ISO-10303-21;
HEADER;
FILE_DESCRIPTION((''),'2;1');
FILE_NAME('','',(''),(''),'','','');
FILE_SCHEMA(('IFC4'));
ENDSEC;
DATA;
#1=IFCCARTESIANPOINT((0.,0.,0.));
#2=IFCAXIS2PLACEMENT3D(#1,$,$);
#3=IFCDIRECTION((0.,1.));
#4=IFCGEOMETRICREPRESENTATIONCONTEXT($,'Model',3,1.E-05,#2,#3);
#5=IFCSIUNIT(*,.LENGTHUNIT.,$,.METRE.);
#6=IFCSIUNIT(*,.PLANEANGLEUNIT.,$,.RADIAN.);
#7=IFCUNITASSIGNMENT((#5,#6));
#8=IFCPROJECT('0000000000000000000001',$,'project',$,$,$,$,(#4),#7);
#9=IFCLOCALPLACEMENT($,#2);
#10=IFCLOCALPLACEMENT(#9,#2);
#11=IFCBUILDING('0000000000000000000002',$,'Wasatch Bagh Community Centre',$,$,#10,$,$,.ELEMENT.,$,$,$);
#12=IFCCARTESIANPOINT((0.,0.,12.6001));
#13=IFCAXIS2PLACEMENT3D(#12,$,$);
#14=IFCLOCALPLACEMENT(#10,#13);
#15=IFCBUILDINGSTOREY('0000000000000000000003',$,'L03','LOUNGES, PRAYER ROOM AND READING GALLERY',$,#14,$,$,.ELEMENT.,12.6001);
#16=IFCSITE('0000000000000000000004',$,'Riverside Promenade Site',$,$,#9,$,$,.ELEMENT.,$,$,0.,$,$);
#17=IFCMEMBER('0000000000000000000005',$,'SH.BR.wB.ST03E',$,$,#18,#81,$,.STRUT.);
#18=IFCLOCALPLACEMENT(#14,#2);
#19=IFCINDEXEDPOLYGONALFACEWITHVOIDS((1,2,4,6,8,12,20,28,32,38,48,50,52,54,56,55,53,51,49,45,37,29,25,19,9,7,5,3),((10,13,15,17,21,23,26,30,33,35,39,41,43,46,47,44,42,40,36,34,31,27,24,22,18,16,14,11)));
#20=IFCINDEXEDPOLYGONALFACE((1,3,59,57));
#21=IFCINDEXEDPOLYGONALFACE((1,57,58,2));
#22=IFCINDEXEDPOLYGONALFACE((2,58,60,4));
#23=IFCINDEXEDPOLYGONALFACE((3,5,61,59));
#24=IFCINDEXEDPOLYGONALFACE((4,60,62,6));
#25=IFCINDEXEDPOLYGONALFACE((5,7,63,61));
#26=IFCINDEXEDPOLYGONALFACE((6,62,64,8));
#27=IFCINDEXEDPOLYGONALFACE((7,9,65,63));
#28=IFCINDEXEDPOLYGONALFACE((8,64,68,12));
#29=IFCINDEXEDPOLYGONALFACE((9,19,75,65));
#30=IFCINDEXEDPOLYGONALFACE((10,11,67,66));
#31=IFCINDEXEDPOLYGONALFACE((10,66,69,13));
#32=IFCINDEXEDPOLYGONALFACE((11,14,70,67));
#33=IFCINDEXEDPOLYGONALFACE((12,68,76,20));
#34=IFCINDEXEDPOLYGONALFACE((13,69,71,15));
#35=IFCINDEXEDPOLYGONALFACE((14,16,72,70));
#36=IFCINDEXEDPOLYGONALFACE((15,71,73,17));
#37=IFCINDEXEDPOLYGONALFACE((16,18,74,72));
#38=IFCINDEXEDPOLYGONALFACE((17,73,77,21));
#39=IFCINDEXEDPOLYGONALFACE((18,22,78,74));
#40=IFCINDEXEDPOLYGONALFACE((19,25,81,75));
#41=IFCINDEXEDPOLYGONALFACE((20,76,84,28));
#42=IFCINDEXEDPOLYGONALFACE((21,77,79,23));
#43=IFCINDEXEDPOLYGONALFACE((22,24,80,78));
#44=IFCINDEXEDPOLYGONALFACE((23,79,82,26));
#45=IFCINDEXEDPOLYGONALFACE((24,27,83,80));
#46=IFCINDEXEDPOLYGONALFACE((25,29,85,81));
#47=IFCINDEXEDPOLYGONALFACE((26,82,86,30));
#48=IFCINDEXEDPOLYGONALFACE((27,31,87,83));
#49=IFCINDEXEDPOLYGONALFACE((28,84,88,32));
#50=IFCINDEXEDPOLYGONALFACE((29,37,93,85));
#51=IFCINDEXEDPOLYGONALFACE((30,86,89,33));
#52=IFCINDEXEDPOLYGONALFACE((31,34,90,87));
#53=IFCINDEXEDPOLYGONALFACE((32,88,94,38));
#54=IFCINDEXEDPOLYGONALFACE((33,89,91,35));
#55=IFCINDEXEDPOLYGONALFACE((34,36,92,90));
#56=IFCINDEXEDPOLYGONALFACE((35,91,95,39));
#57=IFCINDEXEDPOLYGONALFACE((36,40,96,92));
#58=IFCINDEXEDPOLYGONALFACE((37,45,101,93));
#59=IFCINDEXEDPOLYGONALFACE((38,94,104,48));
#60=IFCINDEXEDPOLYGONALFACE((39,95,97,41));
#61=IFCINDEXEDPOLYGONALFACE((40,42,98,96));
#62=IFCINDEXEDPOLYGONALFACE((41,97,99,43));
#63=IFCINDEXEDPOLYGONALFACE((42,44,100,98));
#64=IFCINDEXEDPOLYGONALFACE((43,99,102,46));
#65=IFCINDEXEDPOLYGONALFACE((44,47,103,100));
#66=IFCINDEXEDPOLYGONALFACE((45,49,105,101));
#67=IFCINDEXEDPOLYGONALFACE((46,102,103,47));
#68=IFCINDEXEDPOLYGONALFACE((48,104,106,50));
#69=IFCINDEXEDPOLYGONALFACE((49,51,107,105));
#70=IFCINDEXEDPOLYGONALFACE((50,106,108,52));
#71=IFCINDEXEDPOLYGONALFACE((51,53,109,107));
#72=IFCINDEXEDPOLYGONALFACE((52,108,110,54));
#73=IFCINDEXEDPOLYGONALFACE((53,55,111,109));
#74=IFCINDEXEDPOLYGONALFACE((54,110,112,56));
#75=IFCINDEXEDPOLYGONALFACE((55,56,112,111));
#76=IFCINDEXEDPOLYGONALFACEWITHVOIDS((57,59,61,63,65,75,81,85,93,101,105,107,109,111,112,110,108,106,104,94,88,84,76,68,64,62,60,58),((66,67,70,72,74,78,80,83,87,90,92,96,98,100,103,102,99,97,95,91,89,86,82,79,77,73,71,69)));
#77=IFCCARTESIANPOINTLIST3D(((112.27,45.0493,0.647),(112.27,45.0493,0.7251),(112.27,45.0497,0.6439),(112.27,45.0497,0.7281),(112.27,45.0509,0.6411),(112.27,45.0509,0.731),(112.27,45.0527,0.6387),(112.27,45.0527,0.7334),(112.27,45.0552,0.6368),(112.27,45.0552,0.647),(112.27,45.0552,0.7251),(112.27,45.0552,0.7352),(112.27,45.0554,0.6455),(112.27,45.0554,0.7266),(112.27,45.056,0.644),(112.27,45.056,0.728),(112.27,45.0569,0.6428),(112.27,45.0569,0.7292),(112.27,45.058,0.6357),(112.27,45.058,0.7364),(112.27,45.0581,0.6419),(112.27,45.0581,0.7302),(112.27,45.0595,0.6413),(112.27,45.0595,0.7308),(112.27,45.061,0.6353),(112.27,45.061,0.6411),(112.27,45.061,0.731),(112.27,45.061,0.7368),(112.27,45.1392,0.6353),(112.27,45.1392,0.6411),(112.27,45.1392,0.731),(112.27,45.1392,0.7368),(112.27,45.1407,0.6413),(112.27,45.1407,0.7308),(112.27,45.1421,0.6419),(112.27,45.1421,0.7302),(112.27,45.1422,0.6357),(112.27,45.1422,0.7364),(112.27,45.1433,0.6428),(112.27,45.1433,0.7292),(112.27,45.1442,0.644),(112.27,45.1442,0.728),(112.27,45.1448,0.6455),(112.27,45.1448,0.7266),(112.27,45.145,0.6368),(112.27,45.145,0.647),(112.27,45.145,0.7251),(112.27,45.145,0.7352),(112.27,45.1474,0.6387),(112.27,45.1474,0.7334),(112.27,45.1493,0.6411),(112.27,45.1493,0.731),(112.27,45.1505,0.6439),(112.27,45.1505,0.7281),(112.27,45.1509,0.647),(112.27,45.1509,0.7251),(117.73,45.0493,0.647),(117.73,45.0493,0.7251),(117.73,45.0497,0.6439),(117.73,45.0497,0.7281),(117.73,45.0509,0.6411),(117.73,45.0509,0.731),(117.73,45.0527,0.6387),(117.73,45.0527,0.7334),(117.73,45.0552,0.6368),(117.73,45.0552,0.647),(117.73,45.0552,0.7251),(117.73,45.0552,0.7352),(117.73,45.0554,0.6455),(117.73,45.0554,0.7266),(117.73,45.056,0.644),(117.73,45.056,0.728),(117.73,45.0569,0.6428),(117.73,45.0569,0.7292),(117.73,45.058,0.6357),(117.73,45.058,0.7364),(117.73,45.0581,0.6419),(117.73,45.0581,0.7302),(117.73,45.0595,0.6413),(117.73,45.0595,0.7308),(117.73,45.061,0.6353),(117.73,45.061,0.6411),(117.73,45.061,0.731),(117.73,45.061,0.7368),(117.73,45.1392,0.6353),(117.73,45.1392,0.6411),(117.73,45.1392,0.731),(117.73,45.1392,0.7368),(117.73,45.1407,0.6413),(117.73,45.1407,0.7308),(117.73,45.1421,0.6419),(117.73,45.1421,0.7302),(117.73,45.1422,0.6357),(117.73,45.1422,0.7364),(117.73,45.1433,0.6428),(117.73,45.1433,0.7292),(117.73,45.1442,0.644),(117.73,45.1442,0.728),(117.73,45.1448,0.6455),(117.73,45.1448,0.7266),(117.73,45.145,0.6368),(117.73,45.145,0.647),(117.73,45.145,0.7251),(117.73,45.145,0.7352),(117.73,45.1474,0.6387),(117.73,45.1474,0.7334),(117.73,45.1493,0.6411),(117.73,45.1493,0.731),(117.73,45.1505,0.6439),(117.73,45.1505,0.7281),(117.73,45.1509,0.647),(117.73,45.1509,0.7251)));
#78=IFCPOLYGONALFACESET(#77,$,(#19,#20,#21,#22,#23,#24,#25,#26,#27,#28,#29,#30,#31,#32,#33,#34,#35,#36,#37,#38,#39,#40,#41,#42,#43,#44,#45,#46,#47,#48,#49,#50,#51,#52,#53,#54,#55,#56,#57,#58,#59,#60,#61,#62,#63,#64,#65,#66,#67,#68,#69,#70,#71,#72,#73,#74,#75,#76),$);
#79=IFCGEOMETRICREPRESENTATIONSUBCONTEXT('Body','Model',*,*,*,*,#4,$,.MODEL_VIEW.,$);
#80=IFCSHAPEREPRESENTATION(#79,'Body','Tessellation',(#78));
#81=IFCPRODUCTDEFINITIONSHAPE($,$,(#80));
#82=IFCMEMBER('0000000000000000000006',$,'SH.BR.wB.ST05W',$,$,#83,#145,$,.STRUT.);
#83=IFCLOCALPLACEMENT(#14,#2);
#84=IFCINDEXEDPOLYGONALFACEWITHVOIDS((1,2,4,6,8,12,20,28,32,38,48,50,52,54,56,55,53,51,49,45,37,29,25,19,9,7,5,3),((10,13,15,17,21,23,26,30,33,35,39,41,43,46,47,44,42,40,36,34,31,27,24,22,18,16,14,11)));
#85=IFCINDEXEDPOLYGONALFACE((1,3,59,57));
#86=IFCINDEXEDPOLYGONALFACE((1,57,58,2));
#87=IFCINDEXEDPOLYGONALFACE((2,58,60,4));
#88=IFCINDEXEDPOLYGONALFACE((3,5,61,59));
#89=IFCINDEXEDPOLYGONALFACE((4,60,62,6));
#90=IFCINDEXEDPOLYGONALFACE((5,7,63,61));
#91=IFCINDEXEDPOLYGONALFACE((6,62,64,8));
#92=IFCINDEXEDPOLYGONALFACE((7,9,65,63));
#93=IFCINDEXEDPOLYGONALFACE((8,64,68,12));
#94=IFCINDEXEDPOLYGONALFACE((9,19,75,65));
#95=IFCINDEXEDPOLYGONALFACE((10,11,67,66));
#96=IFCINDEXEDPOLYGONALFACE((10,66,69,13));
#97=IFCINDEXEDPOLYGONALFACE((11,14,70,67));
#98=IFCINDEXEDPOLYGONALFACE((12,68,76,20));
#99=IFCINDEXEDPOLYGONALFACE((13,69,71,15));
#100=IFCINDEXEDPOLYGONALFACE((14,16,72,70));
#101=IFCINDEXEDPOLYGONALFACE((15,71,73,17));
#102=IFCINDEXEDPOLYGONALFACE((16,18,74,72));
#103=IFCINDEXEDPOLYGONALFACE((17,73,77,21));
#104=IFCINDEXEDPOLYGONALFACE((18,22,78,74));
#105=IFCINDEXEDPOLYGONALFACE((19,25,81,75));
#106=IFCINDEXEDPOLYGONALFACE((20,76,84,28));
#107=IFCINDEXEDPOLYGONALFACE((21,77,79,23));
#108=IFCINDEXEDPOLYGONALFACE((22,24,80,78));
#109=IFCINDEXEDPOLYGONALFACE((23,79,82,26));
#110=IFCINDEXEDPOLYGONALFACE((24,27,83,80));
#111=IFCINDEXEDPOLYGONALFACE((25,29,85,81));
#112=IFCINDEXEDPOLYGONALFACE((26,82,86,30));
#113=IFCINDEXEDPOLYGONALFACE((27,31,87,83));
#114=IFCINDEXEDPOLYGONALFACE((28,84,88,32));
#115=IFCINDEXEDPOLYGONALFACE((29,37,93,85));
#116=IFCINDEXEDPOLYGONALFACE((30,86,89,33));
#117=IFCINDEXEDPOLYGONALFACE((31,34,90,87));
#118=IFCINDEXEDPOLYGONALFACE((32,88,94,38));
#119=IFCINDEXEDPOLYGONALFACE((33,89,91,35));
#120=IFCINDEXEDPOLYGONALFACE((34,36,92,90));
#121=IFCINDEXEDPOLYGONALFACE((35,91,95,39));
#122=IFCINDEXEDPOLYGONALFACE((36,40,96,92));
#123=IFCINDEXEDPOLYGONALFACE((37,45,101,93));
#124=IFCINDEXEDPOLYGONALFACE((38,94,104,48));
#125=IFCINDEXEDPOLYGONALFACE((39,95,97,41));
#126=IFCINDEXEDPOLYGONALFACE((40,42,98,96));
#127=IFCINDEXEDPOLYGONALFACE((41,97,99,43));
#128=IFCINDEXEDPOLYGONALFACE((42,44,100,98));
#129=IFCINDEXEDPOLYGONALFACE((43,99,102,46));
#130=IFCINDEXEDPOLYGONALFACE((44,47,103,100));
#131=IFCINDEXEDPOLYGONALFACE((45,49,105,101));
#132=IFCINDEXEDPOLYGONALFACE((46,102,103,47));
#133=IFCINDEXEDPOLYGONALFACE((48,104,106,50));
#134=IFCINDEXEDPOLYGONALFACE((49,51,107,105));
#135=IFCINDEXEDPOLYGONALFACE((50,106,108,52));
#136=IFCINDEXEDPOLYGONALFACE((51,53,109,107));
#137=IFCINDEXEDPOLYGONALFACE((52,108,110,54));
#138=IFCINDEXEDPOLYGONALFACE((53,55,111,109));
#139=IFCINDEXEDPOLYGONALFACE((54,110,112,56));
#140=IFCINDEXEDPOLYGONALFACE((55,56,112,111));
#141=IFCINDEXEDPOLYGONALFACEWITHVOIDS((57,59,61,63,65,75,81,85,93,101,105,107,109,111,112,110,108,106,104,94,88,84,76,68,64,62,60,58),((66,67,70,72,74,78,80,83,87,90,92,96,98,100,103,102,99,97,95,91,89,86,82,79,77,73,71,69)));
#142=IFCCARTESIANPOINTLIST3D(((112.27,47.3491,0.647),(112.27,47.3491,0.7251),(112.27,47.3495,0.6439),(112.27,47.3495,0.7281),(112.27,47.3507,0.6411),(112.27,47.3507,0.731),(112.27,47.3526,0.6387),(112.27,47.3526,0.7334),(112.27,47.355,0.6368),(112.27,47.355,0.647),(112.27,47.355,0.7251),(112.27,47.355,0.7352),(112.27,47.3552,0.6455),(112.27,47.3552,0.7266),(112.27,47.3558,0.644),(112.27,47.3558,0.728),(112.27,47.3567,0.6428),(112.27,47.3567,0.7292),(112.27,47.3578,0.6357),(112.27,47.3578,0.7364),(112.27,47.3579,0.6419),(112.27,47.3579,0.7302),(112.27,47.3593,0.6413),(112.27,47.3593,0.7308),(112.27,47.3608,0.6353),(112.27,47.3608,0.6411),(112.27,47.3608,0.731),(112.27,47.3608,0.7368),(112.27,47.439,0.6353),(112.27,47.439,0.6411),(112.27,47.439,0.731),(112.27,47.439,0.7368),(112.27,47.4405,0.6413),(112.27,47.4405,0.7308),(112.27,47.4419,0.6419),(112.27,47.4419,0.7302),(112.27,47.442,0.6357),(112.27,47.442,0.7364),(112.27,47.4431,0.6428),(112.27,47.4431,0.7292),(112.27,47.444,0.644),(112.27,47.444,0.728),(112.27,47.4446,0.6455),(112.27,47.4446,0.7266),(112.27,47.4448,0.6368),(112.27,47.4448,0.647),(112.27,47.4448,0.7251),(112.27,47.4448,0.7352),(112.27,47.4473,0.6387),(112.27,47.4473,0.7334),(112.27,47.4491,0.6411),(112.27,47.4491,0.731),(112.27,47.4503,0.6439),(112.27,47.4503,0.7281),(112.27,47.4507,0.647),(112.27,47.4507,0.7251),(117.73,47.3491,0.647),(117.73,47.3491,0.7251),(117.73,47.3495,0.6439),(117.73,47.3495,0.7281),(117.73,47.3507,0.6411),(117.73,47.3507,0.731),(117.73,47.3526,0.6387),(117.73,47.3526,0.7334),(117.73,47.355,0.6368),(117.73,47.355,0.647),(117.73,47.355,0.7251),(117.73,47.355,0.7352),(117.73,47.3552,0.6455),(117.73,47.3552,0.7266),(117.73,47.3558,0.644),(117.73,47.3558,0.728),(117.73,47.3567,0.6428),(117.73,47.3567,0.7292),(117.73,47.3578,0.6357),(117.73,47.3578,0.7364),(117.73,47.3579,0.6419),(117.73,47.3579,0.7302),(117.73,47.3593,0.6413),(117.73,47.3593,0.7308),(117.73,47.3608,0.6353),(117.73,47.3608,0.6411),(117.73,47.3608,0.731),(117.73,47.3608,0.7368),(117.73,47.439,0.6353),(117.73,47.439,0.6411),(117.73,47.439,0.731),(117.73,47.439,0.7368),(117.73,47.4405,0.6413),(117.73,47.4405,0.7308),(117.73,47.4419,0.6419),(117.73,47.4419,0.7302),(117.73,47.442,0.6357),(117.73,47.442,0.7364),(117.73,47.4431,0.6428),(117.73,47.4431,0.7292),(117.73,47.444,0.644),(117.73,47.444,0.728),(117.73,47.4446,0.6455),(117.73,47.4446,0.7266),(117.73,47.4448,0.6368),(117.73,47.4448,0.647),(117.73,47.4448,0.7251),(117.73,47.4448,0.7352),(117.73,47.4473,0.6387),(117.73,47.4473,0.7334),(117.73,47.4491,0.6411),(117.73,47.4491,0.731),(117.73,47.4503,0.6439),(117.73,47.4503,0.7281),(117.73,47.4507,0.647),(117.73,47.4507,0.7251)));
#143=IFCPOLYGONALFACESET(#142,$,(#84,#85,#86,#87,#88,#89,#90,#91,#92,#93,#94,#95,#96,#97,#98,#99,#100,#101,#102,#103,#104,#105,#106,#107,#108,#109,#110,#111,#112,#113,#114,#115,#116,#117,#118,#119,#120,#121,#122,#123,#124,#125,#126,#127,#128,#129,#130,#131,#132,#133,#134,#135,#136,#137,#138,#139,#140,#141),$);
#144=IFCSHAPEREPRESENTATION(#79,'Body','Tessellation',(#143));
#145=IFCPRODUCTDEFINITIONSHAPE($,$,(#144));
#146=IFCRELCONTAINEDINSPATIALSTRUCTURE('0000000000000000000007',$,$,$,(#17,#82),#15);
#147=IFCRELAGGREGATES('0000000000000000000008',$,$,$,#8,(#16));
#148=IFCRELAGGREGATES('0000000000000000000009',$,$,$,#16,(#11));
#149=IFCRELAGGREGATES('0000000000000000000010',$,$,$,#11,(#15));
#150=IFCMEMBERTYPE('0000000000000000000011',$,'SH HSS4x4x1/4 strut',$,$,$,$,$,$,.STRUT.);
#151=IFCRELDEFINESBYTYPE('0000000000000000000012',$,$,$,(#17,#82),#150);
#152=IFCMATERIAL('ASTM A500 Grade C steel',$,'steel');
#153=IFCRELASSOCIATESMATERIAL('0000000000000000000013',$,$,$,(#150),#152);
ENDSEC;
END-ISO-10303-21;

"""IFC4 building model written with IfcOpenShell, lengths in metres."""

from ifc_helpers import new_model, si_unit, direction, frame, origin, origin_2d, place, context, subcontext, project, spatial, hollow_rectangle, extrude, material, material_profile, profile_set, type_object, element, save


model = new_model("IFC4")

# Units and contexts
model_context = context("Model", 3, precision=1e-05, world=origin(), true_north=direction((0.0, 1.0)))
body_context = subcontext(model_context, "Body", "Model", "MODEL_VIEW")
ifc_project = project(units=[si_unit("LENGTHUNIT", "METRE"), si_unit("PLANEANGLEUNIT", "RADIAN")], contexts=[model_context])

# Site, building, storey
site_placement = place(None, origin())
site = spatial("IfcSite", under=ifc_project, at=site_placement, Name="Riverside Promenade Site", CompositionType="ELEMENT", RefElevation=0.0)
building_placement = place(site_placement, origin())
building = spatial("IfcBuilding", under=site, at=building_placement, Name="Wasatch Bagh Community Centre", CompositionType="ELEMENT")
storey_placement = place(building_placement, frame((0.0, 0.0, 12.6001)))
storey = spatial("IfcBuildingStorey", under=building, at=storey_placement, Name="L03", Description="LOUNGES, PRAYER ROOM AND READING GALLERY", CompositionType="ELEMENT", Elevation=12.6001)

# Members
ifc_material_1 = material(Name="ASTM A500 Grade C steel", Category="steel")
ifc_material_profile_1 = material_profile(ifc_material_1, hollow_rectangle(XDim=0.1016, YDim=0.1016, WallThickness=0.0059, InnerFilletRadius=0.0059, OuterFilletRadius=0.0117, at=origin_2d()), Name="HSS4x4x1/4")
ifc_profile_set_1 = profile_set([ifc_material_profile_1], Name="ASTM A500 Grade C steel")
member_type_1 = type_object("IfcMemberType", Name="SH HSS4x4x1/4 strut", PredefinedType="STRUT", material=ifc_profile_set_1)
for number, where, z_axis, x_axis, name in (
    (1, (112.27, 45.1001, 0.686), (1.0, 0.0, 0.0), (0.0, 1.0, 0.0), "SH.BR.wB.ST03E"),
    (2, (112.27, 47.3999, 0.686), (1.0, 0.0, 0.0), (0.0, 1.0, 0.0), "SH.BR.wB.ST05W"),
):
    element("IfcMember", number, at=place(storey_placement, frame(where, z_axis=z_axis, x_axis=x_axis)), inside=storey, type_object=member_type_1, Name=name, PredefinedType="STRUT", context=body_context, shape_type="SweptSolid", body=[
        extrude(hollow_rectangle(XDim=0.1016, YDim=0.1016, WallThickness=0.0059, InnerFilletRadius=0.0059, OuterFilletRadius=0.0117, at=origin_2d()), origin(), (0.0, 0.0, 1.0), 5.46),
    ])

save(model, "model.ifc")
